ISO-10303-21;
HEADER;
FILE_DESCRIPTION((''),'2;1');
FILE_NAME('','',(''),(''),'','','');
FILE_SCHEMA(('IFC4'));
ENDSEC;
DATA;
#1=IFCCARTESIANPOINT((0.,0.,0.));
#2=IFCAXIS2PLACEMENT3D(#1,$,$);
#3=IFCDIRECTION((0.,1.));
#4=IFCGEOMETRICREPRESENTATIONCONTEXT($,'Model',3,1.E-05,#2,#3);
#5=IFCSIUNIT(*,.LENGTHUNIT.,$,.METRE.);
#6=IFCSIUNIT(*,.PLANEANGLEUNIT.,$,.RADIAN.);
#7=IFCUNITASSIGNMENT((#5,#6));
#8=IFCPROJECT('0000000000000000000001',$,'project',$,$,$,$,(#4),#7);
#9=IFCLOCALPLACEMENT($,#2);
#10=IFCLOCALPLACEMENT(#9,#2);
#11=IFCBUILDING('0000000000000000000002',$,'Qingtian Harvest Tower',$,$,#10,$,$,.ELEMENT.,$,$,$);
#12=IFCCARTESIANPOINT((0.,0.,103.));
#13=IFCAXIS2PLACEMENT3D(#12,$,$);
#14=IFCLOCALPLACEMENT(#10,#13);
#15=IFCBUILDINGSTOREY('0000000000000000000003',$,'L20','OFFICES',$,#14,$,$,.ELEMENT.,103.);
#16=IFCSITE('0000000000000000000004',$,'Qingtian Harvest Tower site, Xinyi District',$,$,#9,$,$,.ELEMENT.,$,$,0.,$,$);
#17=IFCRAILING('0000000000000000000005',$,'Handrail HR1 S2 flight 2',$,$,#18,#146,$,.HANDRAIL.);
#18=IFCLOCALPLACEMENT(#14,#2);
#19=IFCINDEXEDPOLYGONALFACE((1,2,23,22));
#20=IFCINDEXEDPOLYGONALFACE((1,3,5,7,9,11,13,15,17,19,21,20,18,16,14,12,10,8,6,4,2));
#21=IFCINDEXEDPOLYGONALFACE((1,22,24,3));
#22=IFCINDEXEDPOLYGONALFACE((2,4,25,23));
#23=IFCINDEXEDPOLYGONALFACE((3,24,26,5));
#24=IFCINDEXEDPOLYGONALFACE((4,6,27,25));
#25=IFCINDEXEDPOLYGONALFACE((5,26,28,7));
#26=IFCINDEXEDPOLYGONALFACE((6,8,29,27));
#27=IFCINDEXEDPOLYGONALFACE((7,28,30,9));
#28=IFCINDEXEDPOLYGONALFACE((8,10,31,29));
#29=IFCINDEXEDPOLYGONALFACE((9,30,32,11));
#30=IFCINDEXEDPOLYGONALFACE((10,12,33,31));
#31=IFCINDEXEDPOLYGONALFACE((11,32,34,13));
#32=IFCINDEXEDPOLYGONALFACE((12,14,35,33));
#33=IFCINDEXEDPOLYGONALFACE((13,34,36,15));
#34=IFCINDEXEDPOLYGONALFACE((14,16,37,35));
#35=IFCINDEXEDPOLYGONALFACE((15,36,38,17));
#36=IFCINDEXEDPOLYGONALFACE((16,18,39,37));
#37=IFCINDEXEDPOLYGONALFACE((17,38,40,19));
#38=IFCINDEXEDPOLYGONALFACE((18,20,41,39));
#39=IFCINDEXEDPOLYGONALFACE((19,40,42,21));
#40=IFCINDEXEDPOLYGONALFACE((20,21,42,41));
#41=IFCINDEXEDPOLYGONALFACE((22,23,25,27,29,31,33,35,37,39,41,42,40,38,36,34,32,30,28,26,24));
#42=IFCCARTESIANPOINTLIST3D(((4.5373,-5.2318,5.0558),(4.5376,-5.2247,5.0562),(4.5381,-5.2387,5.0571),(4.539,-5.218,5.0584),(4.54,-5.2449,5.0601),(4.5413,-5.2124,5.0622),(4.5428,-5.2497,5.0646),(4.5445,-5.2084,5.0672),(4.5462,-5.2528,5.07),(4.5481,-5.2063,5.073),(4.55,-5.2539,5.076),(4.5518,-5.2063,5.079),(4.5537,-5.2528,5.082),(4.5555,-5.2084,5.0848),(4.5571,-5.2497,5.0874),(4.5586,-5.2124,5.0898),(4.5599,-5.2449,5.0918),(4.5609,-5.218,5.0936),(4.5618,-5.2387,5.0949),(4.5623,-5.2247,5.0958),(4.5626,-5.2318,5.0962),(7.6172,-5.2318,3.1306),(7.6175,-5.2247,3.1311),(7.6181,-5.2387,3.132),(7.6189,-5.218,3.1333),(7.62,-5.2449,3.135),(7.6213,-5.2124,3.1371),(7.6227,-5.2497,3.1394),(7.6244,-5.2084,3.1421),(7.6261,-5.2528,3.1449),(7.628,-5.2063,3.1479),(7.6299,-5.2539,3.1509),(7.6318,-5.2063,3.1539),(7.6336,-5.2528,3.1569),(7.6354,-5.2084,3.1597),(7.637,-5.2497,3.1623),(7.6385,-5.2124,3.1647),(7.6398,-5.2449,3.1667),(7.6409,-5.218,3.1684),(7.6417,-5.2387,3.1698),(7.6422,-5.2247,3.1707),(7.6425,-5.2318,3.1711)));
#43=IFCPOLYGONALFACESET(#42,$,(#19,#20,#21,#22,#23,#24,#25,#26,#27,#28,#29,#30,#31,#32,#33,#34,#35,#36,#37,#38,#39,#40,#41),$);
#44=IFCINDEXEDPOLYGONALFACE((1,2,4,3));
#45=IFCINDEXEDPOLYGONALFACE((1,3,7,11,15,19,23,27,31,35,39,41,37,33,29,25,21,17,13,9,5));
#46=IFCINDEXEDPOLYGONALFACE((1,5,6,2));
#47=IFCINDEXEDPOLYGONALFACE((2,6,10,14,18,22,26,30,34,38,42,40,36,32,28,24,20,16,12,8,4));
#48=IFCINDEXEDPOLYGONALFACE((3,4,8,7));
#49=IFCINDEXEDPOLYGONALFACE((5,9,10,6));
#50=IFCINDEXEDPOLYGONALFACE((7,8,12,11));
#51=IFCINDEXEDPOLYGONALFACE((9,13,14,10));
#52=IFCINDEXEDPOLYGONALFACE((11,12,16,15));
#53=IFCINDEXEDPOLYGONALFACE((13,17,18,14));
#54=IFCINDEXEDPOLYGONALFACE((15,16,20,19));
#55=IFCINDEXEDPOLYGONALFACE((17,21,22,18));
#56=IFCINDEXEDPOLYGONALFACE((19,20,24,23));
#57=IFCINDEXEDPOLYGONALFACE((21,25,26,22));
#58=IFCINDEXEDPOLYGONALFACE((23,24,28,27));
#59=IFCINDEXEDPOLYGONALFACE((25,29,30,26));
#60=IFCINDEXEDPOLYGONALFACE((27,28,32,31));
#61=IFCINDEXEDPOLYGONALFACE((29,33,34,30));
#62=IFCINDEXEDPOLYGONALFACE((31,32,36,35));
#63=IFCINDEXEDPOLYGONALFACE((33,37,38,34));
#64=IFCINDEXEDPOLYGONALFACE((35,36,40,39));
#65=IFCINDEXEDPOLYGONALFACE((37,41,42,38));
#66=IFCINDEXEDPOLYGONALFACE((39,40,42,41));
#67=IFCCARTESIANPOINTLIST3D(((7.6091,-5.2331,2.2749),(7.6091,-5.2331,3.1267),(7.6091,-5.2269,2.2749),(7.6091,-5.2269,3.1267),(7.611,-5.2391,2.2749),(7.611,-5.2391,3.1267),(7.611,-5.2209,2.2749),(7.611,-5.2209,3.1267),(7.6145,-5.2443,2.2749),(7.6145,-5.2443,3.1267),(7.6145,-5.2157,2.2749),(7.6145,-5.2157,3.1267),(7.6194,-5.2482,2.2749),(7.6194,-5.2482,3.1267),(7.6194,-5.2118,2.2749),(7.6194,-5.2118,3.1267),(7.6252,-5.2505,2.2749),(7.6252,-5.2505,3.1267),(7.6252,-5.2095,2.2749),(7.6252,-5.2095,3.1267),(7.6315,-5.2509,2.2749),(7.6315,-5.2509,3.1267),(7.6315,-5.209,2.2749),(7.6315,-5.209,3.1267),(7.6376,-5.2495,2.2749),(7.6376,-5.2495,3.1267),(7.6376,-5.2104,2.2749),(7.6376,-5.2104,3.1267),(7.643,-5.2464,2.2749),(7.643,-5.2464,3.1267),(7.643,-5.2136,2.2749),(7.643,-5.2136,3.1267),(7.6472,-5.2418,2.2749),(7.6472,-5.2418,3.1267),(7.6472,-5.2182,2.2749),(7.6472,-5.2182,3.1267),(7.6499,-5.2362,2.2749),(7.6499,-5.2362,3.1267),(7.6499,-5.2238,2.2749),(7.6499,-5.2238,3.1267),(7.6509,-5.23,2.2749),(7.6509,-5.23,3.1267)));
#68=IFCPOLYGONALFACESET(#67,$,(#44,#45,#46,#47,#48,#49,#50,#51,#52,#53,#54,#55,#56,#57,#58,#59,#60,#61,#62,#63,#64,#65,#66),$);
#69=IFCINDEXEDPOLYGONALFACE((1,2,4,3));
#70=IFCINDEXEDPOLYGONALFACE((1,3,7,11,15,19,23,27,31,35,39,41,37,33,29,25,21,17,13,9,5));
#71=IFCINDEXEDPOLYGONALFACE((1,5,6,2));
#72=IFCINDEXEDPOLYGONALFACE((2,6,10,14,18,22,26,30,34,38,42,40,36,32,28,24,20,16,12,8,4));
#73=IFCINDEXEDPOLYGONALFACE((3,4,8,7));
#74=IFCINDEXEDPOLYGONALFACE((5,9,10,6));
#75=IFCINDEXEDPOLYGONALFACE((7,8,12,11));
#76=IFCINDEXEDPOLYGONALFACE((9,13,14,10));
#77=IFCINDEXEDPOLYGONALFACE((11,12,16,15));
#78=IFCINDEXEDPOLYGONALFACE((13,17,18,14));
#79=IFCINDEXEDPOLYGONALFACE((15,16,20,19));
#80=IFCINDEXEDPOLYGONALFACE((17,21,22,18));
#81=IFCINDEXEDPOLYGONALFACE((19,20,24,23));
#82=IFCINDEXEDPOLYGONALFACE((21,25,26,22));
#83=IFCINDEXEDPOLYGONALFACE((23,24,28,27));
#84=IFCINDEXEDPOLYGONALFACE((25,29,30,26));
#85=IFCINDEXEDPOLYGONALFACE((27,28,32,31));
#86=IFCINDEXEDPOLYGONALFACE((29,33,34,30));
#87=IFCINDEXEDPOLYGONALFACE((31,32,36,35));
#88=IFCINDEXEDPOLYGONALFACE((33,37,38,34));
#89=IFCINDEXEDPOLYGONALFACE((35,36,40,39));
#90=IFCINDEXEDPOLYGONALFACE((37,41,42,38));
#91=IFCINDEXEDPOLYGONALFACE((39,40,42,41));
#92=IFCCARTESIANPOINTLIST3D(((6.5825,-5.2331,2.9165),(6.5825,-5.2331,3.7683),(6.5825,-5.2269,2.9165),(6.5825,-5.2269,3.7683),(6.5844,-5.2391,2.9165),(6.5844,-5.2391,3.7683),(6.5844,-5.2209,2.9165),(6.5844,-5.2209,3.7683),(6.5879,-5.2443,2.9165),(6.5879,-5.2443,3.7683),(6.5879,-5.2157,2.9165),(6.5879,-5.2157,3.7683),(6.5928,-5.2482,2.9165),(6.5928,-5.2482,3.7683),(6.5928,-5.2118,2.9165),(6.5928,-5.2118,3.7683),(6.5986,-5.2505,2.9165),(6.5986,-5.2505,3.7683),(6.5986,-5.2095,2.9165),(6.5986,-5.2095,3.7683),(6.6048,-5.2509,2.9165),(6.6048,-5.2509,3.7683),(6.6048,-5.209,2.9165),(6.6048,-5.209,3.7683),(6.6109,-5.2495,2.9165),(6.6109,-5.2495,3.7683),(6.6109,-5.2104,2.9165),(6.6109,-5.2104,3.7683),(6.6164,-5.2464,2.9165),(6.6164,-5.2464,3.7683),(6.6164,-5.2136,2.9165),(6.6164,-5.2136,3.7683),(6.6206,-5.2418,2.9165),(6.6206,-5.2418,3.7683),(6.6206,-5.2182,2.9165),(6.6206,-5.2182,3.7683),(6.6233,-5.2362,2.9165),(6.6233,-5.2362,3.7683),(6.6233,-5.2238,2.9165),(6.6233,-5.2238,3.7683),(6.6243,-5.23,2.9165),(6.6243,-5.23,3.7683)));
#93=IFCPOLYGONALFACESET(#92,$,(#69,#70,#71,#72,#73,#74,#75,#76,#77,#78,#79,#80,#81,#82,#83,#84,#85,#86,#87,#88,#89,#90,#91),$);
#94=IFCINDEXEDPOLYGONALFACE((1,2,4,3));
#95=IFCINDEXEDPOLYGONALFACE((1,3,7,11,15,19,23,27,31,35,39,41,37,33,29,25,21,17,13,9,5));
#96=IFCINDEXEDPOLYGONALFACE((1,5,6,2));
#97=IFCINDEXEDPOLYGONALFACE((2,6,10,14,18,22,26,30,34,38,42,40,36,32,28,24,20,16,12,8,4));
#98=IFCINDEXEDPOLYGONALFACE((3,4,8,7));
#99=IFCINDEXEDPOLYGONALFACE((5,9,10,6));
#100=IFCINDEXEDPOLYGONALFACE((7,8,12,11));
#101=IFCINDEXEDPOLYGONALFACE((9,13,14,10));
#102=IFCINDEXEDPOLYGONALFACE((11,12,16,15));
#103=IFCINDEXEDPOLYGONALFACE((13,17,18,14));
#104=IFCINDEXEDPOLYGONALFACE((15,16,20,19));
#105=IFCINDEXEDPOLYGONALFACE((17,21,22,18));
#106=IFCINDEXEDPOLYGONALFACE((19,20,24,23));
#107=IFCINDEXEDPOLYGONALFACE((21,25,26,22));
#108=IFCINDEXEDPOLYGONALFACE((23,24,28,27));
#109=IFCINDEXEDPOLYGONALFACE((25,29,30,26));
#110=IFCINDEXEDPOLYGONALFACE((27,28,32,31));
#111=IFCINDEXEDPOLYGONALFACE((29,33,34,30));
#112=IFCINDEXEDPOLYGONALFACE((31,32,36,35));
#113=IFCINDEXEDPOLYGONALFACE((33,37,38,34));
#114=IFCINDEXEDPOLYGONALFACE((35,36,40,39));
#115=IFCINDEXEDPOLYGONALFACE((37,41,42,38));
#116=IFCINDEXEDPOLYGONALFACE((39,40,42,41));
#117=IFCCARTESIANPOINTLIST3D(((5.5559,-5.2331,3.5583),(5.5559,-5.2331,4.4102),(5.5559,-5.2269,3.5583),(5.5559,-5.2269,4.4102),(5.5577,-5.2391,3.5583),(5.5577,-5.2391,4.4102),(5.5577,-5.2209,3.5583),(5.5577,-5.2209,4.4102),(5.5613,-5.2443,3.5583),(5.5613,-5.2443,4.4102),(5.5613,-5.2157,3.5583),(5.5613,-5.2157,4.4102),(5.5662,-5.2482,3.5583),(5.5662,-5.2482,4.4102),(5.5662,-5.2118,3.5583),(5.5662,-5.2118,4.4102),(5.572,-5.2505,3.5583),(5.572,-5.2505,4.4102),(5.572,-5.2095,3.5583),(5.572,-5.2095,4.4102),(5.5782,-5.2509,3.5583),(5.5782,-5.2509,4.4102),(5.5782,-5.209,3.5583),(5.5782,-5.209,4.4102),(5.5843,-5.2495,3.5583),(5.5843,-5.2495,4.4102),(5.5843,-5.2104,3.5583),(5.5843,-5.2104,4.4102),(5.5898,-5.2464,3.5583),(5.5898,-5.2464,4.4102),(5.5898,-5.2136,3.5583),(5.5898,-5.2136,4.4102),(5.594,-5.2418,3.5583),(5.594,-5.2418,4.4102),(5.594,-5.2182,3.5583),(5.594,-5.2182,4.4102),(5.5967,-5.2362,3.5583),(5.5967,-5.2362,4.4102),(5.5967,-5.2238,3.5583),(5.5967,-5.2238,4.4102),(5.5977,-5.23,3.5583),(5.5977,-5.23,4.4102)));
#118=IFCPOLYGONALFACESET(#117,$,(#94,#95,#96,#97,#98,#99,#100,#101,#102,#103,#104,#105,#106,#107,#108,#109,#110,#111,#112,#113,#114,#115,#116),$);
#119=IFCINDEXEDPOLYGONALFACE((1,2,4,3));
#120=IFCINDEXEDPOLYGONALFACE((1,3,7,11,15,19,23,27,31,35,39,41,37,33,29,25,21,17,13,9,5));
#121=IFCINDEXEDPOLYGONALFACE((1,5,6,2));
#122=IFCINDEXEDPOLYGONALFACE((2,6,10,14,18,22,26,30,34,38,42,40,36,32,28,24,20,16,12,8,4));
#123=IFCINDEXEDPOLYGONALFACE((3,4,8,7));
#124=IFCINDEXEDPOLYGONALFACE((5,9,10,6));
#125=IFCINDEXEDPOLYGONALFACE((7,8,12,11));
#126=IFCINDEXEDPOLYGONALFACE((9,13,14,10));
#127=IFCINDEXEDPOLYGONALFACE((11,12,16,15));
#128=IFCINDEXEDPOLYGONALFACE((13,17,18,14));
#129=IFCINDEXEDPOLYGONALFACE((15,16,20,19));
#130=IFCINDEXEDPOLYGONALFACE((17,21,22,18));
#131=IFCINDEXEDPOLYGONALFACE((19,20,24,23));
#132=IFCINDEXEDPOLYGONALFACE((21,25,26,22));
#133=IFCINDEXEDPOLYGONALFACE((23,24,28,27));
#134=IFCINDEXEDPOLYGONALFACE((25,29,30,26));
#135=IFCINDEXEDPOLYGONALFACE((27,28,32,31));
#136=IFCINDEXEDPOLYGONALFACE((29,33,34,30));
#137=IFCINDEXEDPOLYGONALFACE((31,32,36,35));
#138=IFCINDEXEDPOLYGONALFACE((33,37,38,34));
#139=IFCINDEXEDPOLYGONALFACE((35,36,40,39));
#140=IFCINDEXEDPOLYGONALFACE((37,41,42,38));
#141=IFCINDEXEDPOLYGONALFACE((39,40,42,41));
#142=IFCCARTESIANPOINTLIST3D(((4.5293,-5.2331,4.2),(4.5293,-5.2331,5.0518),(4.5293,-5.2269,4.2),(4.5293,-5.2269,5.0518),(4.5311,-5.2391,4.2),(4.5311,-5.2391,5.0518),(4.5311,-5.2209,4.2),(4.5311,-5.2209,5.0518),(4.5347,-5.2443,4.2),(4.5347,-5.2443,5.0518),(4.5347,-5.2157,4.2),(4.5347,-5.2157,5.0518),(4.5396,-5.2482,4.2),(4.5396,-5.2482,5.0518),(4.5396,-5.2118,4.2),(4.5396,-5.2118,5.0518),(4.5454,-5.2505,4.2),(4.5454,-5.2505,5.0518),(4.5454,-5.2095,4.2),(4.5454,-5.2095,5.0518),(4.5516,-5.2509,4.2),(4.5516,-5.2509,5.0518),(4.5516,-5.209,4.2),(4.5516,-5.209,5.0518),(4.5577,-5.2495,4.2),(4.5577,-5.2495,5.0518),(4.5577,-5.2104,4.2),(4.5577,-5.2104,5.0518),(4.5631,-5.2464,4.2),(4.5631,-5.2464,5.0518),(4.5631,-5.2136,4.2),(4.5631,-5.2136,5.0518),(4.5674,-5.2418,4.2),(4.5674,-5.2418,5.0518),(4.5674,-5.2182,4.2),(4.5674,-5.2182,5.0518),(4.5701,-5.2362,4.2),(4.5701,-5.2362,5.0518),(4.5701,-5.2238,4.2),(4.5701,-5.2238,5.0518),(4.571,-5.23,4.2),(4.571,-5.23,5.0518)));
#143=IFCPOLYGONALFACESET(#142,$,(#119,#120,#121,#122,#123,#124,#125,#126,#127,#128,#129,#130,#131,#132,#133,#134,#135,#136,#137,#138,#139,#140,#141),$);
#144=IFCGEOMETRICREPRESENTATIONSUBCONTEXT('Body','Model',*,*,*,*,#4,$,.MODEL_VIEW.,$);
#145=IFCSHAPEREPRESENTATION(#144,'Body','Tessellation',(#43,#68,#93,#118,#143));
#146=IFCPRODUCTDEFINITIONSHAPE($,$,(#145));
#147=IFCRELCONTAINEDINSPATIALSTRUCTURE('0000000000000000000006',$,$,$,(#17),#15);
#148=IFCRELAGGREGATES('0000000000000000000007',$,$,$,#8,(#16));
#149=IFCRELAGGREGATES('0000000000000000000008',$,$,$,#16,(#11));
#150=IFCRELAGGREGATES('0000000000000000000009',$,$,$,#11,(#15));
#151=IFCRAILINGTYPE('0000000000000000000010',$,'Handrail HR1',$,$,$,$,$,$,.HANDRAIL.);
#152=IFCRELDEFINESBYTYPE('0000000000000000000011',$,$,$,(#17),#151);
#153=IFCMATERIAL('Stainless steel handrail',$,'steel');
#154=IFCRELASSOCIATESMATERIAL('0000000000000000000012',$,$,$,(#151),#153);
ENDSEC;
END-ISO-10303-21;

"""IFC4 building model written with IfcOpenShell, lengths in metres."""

from ifc_helpers import new_model, si_unit, direction, frame, origin, origin_2d, place, context, subcontext, project, spatial, circle, extrude, material, type_object, element, save


model = new_model("IFC4")

# Units and contexts
model_context = context("Model", 3, precision=1e-05, world=origin(), true_north=direction((0.0, 1.0)))
body_context = subcontext(model_context, "Body", "Model", "MODEL_VIEW")
ifc_project = project(units=[si_unit("LENGTHUNIT", "METRE"), si_unit("PLANEANGLEUNIT", "RADIAN")], contexts=[model_context])

# Site, building, storey
site_placement = place(None, origin())
site = spatial("IfcSite", under=ifc_project, at=site_placement, Name="Qingtian Harvest Tower site, Xinyi District", CompositionType="ELEMENT", RefElevation=0.0)
building_placement = place(site_placement, origin())
building = spatial("IfcBuilding", under=site, at=building_placement, Name="Qingtian Harvest Tower", CompositionType="ELEMENT")
storey_placement = place(building_placement, frame((0.0, 0.0, 103.0)))
storey = spatial("IfcBuildingStorey", under=building, at=storey_placement, Name="L20", Description="OFFICES", CompositionType="ELEMENT", Elevation=103.0)

# Railing
ifc_material_1 = material(Name="Stainless steel handrail", Category="steel")
railing_type = type_object("IfcRailingType", Name="Handrail HR1", PredefinedType="HANDRAIL", material=ifc_material_1)
railing_1_placement = place(storey_placement, frame((7.6299, -5.23, 2.2749)))
element("IfcRailing", 1, at=railing_1_placement, inside=storey, type_object=railing_type, Name="Handrail HR1 S2 flight 2", PredefinedType="HANDRAIL", context=body_context, shape_type="SweptSolid", body=[
    extrude(circle(Radius=0.0239, at=origin_2d()), frame((0.0, 0.0, 0.876), z_axis=(-0.847979, 0.0, 0.530029), x_axis=(0.0, -1.0, 0.0)), (0.0, 0.0, 1.0), 3.6321),
    extrude(circle(Radius=0.021, at=origin_2d()), origin(), (0.0, 0.0, 1.0), 0.8518),
    extrude(circle(Radius=0.021, at=origin_2d()), frame((-1.0266, 0.0, 0.6416)), (0.0, 0.0, 1.0), 0.8518),
    extrude(circle(Radius=0.021, at=origin_2d()), frame((-2.0532, 0.0, 1.2834)), (0.0, 0.0, 1.0), 0.8518),
    extrude(circle(Radius=0.021, at=origin_2d()), frame((-3.0798, 0.0, 1.925)), (0.0, 0.0, 1.0), 0.8518),
])

save(model, "model.ifc")
